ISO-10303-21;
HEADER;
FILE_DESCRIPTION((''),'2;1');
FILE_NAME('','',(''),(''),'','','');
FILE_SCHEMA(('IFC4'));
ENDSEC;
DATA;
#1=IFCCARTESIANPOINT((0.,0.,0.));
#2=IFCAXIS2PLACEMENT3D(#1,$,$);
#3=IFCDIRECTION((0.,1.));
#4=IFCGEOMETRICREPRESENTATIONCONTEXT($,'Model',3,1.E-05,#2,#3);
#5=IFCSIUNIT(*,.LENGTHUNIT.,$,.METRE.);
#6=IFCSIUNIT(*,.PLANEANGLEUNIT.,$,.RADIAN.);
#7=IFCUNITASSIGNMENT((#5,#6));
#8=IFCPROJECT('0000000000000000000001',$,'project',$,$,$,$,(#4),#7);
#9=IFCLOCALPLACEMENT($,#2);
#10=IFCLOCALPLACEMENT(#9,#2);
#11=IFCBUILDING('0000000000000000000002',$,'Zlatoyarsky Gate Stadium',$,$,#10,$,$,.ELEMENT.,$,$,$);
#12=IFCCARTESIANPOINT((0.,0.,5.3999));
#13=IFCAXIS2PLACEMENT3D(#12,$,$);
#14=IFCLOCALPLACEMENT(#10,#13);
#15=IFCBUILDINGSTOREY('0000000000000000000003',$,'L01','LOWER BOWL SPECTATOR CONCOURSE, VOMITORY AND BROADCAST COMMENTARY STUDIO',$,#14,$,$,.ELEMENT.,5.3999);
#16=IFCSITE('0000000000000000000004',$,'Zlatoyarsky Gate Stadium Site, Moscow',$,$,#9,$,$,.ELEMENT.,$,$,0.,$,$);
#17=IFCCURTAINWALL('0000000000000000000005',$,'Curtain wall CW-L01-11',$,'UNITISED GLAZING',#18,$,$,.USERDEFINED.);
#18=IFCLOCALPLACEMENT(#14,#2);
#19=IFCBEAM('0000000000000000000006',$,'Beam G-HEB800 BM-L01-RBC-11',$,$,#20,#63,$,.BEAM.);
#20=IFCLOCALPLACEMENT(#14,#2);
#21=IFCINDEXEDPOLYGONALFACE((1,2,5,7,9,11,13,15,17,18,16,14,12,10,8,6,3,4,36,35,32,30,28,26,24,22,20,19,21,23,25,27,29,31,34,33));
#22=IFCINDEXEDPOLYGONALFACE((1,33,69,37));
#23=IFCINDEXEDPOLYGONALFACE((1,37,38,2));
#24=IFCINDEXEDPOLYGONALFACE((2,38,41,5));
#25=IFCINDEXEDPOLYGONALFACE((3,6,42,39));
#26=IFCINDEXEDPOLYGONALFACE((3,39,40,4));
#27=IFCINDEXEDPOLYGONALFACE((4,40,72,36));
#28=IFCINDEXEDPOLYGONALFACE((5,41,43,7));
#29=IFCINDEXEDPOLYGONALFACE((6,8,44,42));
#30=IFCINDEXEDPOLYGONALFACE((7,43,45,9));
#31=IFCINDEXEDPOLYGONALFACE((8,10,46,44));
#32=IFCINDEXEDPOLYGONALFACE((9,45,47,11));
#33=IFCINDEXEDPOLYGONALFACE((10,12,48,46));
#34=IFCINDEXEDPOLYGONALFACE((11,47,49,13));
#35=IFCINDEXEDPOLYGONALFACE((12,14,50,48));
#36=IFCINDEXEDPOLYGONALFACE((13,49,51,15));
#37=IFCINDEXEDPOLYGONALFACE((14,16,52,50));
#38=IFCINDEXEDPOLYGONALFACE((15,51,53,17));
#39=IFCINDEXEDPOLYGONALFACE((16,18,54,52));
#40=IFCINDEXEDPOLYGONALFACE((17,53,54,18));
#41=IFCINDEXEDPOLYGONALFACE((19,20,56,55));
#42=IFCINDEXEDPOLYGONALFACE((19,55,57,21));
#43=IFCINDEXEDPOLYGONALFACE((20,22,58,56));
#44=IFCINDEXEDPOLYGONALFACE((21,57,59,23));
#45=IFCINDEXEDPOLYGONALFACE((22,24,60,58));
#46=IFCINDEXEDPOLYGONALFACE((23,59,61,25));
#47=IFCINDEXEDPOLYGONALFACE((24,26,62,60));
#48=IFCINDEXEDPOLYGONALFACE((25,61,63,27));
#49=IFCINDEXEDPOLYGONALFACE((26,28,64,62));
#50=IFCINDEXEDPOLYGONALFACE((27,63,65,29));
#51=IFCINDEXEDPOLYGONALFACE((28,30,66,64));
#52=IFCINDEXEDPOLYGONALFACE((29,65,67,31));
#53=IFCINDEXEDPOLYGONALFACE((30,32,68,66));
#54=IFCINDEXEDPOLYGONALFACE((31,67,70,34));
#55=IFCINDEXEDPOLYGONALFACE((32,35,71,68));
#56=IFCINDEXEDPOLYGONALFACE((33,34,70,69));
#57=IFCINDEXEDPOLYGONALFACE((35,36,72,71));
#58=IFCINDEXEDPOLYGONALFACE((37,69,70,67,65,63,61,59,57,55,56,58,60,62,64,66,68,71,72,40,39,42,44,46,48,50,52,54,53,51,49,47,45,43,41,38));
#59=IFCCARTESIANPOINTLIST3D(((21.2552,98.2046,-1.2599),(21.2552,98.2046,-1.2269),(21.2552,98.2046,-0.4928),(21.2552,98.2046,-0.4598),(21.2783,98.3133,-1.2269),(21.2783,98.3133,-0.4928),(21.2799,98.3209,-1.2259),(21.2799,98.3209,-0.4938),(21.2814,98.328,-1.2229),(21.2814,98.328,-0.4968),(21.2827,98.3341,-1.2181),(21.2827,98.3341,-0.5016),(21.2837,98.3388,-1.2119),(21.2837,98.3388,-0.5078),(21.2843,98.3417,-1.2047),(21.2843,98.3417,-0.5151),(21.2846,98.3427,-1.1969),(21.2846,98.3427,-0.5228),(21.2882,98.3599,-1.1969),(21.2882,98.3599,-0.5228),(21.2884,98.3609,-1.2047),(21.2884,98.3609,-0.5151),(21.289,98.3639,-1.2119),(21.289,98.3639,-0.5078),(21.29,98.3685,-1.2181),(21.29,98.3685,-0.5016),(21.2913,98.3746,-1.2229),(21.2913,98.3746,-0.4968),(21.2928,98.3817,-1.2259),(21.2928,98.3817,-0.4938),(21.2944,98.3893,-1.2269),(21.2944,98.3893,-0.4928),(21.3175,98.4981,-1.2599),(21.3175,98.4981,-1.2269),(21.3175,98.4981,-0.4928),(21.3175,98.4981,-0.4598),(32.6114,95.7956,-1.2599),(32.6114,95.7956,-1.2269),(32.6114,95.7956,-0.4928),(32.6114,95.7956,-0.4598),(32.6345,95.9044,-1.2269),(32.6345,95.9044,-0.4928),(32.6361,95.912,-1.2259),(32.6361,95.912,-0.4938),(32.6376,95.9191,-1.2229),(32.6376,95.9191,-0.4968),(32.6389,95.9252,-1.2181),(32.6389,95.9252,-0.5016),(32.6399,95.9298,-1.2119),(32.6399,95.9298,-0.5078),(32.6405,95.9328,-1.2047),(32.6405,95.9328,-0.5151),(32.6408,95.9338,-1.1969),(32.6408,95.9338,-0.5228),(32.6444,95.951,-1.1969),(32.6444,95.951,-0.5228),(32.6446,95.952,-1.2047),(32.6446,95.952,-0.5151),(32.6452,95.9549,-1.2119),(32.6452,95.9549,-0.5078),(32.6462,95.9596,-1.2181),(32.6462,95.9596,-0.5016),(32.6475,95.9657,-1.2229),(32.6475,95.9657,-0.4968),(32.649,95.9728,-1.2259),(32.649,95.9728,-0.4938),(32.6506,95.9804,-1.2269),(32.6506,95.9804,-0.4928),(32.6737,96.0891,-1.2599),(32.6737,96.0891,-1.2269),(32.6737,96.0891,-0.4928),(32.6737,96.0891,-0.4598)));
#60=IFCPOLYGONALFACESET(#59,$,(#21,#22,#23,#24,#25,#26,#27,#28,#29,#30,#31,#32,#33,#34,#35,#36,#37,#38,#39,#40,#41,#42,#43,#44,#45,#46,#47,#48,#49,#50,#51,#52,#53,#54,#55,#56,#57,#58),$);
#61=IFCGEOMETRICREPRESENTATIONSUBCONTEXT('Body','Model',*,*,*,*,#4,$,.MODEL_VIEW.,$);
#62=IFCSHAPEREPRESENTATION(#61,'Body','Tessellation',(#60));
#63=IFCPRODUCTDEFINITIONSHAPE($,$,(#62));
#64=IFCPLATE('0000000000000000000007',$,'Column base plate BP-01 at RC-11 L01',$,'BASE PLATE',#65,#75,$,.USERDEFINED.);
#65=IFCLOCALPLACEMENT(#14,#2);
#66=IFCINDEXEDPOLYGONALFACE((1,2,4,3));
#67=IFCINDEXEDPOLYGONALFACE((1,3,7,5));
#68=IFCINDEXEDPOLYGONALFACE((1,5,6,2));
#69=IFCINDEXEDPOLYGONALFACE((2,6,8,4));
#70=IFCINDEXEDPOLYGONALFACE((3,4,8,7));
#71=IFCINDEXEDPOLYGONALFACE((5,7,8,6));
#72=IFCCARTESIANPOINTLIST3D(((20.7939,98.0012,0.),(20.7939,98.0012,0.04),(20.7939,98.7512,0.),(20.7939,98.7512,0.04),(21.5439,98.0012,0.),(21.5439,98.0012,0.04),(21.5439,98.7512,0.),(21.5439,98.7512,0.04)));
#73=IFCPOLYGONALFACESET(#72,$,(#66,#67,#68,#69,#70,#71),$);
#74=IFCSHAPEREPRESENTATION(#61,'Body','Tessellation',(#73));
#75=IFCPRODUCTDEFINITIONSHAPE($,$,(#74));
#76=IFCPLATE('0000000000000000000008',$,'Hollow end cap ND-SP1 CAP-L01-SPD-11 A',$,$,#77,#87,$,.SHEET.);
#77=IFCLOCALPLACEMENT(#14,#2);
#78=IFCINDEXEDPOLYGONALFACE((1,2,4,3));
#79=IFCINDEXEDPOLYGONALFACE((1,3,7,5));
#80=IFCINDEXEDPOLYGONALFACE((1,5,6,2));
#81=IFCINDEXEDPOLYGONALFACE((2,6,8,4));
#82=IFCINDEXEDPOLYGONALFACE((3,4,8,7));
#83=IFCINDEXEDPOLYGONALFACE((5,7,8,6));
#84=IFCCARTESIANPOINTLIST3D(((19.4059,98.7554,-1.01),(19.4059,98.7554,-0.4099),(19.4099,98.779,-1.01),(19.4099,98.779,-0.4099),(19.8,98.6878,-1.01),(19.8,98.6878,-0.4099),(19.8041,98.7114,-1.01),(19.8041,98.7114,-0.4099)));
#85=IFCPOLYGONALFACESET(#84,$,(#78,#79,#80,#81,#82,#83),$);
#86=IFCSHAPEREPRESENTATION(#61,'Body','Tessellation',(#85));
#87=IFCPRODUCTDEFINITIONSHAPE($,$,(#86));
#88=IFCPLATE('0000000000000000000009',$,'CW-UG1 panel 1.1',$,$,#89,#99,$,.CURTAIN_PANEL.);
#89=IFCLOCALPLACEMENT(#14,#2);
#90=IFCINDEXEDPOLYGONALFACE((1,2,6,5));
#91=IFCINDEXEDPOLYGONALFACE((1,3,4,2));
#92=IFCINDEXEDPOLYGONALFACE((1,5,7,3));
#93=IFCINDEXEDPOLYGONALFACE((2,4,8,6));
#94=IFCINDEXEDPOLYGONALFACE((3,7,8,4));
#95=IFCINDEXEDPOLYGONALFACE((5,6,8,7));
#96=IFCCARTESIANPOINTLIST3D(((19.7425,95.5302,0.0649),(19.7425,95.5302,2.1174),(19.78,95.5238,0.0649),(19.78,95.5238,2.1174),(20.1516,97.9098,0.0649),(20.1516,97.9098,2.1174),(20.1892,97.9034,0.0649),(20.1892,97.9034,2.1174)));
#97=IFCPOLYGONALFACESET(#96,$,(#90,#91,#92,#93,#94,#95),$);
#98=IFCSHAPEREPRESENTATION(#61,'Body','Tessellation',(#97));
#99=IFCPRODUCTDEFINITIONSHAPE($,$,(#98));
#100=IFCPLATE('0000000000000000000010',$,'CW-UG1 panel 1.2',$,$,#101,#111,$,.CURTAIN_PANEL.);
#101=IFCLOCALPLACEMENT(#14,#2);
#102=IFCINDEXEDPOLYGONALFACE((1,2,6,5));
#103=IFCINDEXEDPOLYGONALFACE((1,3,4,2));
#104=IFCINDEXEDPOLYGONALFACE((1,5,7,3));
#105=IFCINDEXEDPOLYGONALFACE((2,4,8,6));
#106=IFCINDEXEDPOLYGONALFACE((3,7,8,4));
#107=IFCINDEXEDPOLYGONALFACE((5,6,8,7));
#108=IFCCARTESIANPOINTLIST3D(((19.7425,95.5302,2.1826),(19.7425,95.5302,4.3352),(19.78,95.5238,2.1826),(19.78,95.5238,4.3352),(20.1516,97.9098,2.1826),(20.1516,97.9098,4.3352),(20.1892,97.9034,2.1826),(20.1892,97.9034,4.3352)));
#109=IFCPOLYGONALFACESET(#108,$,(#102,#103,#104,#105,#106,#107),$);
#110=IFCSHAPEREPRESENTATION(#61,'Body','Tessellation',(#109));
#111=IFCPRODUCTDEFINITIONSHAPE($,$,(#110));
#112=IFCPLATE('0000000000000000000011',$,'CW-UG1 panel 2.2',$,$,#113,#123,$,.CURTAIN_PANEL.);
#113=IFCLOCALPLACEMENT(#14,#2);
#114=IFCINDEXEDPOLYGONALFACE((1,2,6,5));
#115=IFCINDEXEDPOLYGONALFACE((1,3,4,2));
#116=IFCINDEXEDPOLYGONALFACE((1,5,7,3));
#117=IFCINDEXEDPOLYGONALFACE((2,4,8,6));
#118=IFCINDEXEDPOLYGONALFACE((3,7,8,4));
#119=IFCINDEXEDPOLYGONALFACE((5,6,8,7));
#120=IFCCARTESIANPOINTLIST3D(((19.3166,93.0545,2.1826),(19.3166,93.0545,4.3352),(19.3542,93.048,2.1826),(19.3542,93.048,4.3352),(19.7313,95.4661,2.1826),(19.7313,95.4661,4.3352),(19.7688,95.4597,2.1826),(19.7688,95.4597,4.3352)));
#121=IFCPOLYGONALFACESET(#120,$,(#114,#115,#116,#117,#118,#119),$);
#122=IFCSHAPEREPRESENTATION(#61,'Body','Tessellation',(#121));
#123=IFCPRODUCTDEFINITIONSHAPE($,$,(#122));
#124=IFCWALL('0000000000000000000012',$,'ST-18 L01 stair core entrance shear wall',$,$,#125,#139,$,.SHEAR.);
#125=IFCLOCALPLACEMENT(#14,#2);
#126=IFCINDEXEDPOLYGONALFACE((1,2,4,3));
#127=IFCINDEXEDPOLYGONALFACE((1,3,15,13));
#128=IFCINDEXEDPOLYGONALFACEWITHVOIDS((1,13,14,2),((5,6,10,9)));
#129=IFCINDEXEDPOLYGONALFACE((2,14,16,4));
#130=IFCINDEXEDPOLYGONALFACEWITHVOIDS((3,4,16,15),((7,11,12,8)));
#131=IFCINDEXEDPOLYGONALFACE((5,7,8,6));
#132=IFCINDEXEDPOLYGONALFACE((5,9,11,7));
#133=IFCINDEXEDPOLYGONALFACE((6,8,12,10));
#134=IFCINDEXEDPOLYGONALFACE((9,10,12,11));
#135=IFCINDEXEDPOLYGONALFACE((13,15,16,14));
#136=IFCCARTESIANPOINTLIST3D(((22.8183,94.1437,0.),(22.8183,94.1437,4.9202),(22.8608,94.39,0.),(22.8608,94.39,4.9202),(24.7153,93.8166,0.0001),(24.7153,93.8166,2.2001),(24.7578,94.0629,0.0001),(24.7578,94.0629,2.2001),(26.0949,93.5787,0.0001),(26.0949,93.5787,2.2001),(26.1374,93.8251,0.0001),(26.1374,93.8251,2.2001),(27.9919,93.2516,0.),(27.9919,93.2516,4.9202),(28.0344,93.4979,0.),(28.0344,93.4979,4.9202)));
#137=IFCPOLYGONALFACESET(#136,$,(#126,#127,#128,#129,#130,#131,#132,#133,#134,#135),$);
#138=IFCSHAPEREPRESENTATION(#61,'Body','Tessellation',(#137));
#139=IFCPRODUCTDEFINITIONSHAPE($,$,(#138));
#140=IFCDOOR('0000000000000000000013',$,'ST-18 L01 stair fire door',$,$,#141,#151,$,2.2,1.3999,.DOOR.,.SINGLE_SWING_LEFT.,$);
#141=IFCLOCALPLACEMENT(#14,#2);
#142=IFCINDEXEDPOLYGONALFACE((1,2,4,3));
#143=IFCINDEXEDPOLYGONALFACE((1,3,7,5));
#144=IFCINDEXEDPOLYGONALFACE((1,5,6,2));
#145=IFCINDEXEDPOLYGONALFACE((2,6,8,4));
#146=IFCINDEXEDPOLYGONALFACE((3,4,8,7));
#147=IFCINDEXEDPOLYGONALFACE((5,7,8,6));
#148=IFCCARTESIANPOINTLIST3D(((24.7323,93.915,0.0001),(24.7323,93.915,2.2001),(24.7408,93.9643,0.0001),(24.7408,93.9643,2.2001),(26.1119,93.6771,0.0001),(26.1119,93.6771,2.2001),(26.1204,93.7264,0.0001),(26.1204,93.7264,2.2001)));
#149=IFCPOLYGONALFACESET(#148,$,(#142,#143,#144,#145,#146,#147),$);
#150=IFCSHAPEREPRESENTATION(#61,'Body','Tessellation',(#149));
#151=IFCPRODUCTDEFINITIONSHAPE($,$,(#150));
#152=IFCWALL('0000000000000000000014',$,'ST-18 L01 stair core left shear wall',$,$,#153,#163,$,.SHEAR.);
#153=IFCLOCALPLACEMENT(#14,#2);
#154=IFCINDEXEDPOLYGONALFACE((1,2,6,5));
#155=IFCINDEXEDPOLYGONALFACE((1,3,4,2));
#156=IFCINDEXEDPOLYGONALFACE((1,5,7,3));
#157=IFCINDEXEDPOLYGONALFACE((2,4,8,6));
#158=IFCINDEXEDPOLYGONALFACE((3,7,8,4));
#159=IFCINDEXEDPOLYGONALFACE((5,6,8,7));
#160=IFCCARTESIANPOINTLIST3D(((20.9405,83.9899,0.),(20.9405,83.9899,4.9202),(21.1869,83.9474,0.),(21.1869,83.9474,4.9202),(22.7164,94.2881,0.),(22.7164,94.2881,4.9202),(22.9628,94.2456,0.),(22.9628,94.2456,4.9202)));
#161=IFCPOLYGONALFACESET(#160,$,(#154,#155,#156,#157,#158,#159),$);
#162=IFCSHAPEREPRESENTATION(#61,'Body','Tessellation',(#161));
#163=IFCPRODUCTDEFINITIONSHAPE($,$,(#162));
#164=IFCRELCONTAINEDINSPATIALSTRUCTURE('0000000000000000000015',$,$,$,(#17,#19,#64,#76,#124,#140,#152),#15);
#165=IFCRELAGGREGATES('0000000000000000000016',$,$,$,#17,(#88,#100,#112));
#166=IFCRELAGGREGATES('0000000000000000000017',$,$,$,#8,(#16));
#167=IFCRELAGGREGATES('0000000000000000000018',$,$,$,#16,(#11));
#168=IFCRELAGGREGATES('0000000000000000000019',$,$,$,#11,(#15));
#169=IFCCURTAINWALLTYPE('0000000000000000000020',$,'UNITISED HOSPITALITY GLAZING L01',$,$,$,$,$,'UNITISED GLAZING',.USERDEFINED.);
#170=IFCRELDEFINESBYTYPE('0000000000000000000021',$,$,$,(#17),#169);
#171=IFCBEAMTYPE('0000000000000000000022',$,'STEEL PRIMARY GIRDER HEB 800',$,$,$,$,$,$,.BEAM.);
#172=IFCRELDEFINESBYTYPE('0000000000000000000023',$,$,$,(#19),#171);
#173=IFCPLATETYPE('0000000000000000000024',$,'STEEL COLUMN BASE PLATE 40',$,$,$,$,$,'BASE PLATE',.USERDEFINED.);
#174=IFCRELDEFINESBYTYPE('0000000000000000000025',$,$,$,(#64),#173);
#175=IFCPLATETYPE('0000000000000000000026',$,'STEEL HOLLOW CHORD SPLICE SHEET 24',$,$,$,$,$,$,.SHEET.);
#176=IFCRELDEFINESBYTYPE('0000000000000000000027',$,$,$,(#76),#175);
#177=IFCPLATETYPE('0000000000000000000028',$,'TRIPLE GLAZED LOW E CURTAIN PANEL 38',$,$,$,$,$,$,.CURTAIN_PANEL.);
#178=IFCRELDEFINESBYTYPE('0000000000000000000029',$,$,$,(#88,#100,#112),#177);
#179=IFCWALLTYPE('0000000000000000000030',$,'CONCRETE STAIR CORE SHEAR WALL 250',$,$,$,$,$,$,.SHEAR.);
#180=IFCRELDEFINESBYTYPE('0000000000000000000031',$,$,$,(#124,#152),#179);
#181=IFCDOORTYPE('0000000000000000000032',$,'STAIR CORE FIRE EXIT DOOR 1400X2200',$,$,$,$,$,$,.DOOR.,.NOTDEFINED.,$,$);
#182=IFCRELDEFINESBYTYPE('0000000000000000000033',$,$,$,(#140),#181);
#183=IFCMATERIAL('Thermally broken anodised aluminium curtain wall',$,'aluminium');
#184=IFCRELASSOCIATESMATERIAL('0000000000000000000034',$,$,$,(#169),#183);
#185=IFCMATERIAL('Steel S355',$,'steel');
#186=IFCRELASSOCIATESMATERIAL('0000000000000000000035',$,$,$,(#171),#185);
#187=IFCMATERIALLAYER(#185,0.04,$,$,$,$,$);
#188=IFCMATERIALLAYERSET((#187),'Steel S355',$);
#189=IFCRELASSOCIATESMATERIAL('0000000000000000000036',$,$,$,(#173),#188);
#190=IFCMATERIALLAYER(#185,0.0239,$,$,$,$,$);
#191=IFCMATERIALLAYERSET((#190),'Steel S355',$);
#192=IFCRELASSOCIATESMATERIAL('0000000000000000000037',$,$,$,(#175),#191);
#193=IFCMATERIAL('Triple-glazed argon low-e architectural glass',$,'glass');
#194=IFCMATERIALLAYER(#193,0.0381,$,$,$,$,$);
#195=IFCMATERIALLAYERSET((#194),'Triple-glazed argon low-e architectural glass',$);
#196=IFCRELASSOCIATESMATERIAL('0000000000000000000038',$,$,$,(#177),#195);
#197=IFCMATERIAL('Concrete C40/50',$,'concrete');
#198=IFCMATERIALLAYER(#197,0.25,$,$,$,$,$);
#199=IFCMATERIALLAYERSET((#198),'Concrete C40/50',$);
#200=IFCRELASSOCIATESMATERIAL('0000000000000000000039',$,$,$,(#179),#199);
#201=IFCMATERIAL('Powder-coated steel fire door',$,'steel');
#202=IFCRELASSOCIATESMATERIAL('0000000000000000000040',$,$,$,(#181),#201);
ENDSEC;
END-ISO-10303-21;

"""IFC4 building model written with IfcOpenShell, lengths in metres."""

from ifc_helpers import new_model, si_unit, direction, frame, frame_2d, origin, origin_2d, place, context, subcontext, project, spatial, rectangle, i_section, extrude, material, layer, layer_set, material_profile, profile_set, type_object, element, fill, aggregate, save


model = new_model("IFC4")

# Units and contexts
model_context = context("Model", 3, precision=1e-05, world=origin(), true_north=direction((0.0, 1.0)))
body_context = subcontext(model_context, "Body", "Model", "MODEL_VIEW")
ifc_project = project(units=[si_unit("LENGTHUNIT", "METRE"), si_unit("PLANEANGLEUNIT", "RADIAN")], contexts=[model_context])

# Site, building, storey
site_placement = place(None, origin())
site = spatial("IfcSite", under=ifc_project, at=site_placement, Name="Zlatoyarsky Gate Stadium Site, Moscow", CompositionType="ELEMENT", RefElevation=0.0)
building_placement = place(site_placement, origin())
building = spatial("IfcBuilding", under=site, at=building_placement, Name="Zlatoyarsky Gate Stadium", CompositionType="ELEMENT")
storey_placement = place(building_placement, frame((0.0, 0.0, 5.3999)))
storey = spatial("IfcBuildingStorey", under=building, at=storey_placement, Name="L01", Description="LOWER BOWL SPECTATOR CONCOURSE, VOMITORY AND BROADCAST COMMENTARY STUDIO", CompositionType="ELEMENT", Elevation=5.3999)

# Shared definitions
ifc_material_1 = material(Name="Concrete C40/50", Category="concrete")
ifc_material_2 = material(Name="Steel S355", Category="steel")

# Curtain wall
ifc_material_3 = material(Name="Thermally broken anodised aluminium curtain wall", Category="aluminium")
curtain_wall_type = type_object("IfcCurtainWallType", Name="UNITISED HOSPITALITY GLAZING L01", ElementType="UNITISED GLAZING", PredefinedType="USERDEFINED", material=ifc_material_3)
curtain_wall_placement = place(storey_placement, origin())
curtain_wall = element("IfcCurtainWall", 1, at=curtain_wall_placement, inside=storey, type_object=curtain_wall_type, Name="Curtain wall CW-L01-11", ObjectType="UNITISED GLAZING", PredefinedType="USERDEFINED")

# Beam
ifc_material_profile_1 = material_profile(ifc_material_2, i_section(OverallWidth=0.3, OverallDepth=0.8, WebThickness=0.0176, FlangeThickness=0.033, FilletRadius=0.03, at=origin_2d()), Name="HEB 800")
ifc_profile_set_1 = profile_set([ifc_material_profile_1], Name="Steel S355")
beam_type_1 = type_object("IfcBeamType", Name="STEEL PRIMARY GIRDER HEB 800", PredefinedType="BEAM", material=ifc_profile_set_1)
beam_1_placement = place(storey_placement, frame((32.6426, 95.9424, -0.8599), z_axis=(-0.978233, 0.207508, 0.0), x_axis=(-0.207508, -0.978233, 0.0)))
element("IfcBeam", 2, at=beam_1_placement, inside=storey, type_object=beam_type_1, Name="Beam G-HEB800 BM-L01-RBC-11", PredefinedType="BEAM", context=body_context, shape_type="SweptSolid", body=[
    extrude(i_section(OverallWidth=0.3, OverallDepth=0.8, WebThickness=0.0176, FlangeThickness=0.033, FilletRadius=0.03, at=origin_2d()), origin(), (0.0, 0.0, 1.0), 11.6089),
])

# Plates
ifc_layer_1 = layer(ifc_material_2, 0.04)
ifc_layer_set_1 = layer_set([ifc_layer_1], Name="Steel S355")
plate_type_1 = type_object("IfcPlateType", Name="STEEL COLUMN BASE PLATE 40", ElementType="BASE PLATE", PredefinedType="USERDEFINED", material=ifc_layer_set_1)
plate_1_placement = place(storey_placement, frame((21.1689, 98.3762, 0.0), z_axis=(0.0, 0.0, 1.0), x_axis=(1.0, 0.0, 0.0)))
element("IfcPlate", 3, at=plate_1_placement, inside=storey, type_object=plate_type_1, Name="Column base plate BP-01 at RC-11 L01", ObjectType="BASE PLATE", PredefinedType="USERDEFINED", context=body_context, shape_type="SweptSolid", body=[
    extrude(rectangle(XDim=0.75, YDim=0.75, at=origin_2d()), origin(), (0.0, 0.0, 1.0), 0.04),
])
ifc_layer_2 = layer(ifc_material_2, 0.0239)
ifc_layer_set_2 = layer_set([ifc_layer_2], Name="Steel S355")
plate_type_2 = type_object("IfcPlateType", Name="STEEL HOLLOW CHORD SPLICE SHEET 24", PredefinedType="SHEET", material=ifc_layer_set_2)
plate_2_placement = place(storey_placement, frame((19.605, 98.7334, -1.01), z_axis=(0.0, 0.0, 1.0), x_axis=(-0.169072, -0.985604, 0.0)))
element("IfcPlate", 4, at=plate_2_placement, inside=storey, type_object=plate_type_2, Name="Hollow end cap ND-SP1 CAP-L01-SPD-11 A", PredefinedType="SHEET", context=body_context, shape_type="SweptSolid", body=[
    extrude(rectangle(XDim=0.0239, YDim=0.3999, at=origin_2d()), origin(), (0.0, 0.0, 1.0), 0.6001),
])

# Plates
ifc_material_4 = material(Name="Triple-glazed argon low-e architectural glass", Category="glass")
ifc_layer_3 = layer(ifc_material_4, 0.0381)
ifc_layer_set_3 = layer_set([ifc_layer_3], Name="Triple-glazed argon low-e architectural glass")
plate_type_3 = type_object("IfcPlateType", Name="TRIPLE GLAZED LOW E CURTAIN PANEL 38", PredefinedType="CURTAIN_PANEL", material=ifc_layer_set_3)
plate_3_placement = place(storey_placement, frame((19.9658, 96.7168, 0.0649), z_axis=(0.0, 0.0, 1.0), x_axis=(-0.169451, -0.985539, 0.0)))
plate_3 = element("IfcPlate", 5, at=plate_3_placement, type_object=plate_type_3, Name="CW-UG1 panel 1.1", PredefinedType="CURTAIN_PANEL", context=body_context, shape_type="SweptSolid", body=[
    extrude(rectangle(XDim=2.4146, YDim=0.0381, at=origin_2d()), origin(), (0.0, 0.0, 1.0), 2.0525),
])
plate_4_placement = place(storey_placement, frame((19.9658, 96.7168, 2.1826), z_axis=(0.0, 0.0, 1.0), x_axis=(-0.169451, -0.985539, 0.0)))
plate_4 = element("IfcPlate", 6, at=plate_4_placement, type_object=plate_type_3, Name="CW-UG1 panel 1.2", PredefinedType="CURTAIN_PANEL", context=body_context, shape_type="SweptSolid", body=[
    extrude(rectangle(XDim=2.4146, YDim=0.0381, at=origin_2d()), origin(), (0.0, 0.0, 1.0), 2.1526),
])
plate_5_placement = place(storey_placement, frame((19.5427, 94.2571, 2.1826), z_axis=(0.0, 0.0, 1.0), x_axis=(-0.169451, -0.985539, 0.0)))
plate_5 = element("IfcPlate", 7, at=plate_5_placement, type_object=plate_type_3, Name="CW-UG1 panel 2.2", PredefinedType="CURTAIN_PANEL", context=body_context, shape_type="SweptSolid", body=[
    extrude(rectangle(XDim=2.447, YDim=0.0381, at=origin_2d()), origin(), (0.0, 0.0, 1.0), 2.1526),
])
aggregate(curtain_wall, [plate_3, plate_4, plate_5])

# Wall, opening, door
ifc_layer_4 = layer(ifc_material_1, 0.25)
ifc_layer_set_4 = layer_set([ifc_layer_4], Name="Concrete C40/50")
wall_type_1 = type_object("IfcWallType", Name="CONCRETE STAIR CORE SHEAR WALL 250", PredefinedType="SHEAR", material=ifc_layer_set_4)
wall_1_placement = place(storey_placement, frame((28.0132, 93.3748, 0.0), z_axis=(0.0, 0.0, 1.0), x_axis=(-0.985457, 0.169924, 0.0)))
wall_1 = element("IfcWall", 8, at=wall_1_placement, inside=storey, type_object=wall_type_1, Name="ST-18 L01 stair core entrance shear wall", PredefinedType="SHEAR", context=body_context, shape_type="SweptSolid", body=[
    extrude(rectangle(XDim=5.25, YDim=0.25, at=frame_2d((2.625, 0.0))), origin(), (0.0, 0.0, 1.0), 4.9202),
])
opening_1_placement = place(wall_1_placement, frame((1.925, 0.0, 0.0)))
opening_1 = element("IfcOpeningElement", 9, at=opening_1_placement, cuts=wall_1, PredefinedType="OPENING", context=body_context, shape_type="SweptSolid", body=[
    extrude(rectangle(XDim=1.3999, YDim=2.2, at=frame_2d((0.7, 1.1001))), frame((0.0, 0.135, 0.0), z_axis=(0.0, -1.0, 0.0), x_axis=(1.0, 0.0, 0.0)), (0.0, 0.0, 1.0), 0.27),
])
ifc_material_5 = material(Name="Powder-coated steel fire door", Category="steel")
door_type_1 = type_object("IfcDoorType", Name="STAIR CORE FIRE EXIT DOOR 1400X2200", OperationType="NOTDEFINED", PredefinedType="DOOR", material=ifc_material_5)
door_1_placement = place(opening_1_placement, frame((1.3999, 0.0, 0.0), z_axis=(0.0, 0.0, 1.0), x_axis=(-1.0, 0.0, 0.0)))
door_1 = element("IfcDoor", 10, at=door_1_placement, inside=storey, type_object=door_type_1, Name="ST-18 L01 stair fire door", OperationType="SINGLE_SWING_LEFT", OverallHeight=2.2, OverallWidth=1.3999, PredefinedType="DOOR", context=body_context, shape_type="SweptSolid", body=[
    extrude(rectangle(XDim=1.3999, YDim=2.2, at=frame_2d((0.7, 1.1001))), frame((0.0, 0.0249, 0.0), z_axis=(0.0, -1.0, 0.0), x_axis=(1.0, 0.0, 0.0)), (0.0, 0.0, 1.0), 0.05),
])
fill(opening_1, door_1)

# Wall
wall_2_placement = place(storey_placement, frame((22.8396, 94.2668, 0.0), z_axis=(0.0, 0.0, 1.0), x_axis=(-0.169939, -0.985455, 0.0)))
element("IfcWall", 11, at=wall_2_placement, inside=storey, type_object=wall_type_1, Name="ST-18 L01 stair core left shear wall", PredefinedType="SHEAR", context=body_context, shape_type="SweptSolid", body=[
    extrude(rectangle(XDim=10.4502, YDim=0.25, at=frame_2d((5.2251, 0.0))), origin(), (0.0, 0.0, 1.0), 4.9202),
])

save(model, "model.ifc")
